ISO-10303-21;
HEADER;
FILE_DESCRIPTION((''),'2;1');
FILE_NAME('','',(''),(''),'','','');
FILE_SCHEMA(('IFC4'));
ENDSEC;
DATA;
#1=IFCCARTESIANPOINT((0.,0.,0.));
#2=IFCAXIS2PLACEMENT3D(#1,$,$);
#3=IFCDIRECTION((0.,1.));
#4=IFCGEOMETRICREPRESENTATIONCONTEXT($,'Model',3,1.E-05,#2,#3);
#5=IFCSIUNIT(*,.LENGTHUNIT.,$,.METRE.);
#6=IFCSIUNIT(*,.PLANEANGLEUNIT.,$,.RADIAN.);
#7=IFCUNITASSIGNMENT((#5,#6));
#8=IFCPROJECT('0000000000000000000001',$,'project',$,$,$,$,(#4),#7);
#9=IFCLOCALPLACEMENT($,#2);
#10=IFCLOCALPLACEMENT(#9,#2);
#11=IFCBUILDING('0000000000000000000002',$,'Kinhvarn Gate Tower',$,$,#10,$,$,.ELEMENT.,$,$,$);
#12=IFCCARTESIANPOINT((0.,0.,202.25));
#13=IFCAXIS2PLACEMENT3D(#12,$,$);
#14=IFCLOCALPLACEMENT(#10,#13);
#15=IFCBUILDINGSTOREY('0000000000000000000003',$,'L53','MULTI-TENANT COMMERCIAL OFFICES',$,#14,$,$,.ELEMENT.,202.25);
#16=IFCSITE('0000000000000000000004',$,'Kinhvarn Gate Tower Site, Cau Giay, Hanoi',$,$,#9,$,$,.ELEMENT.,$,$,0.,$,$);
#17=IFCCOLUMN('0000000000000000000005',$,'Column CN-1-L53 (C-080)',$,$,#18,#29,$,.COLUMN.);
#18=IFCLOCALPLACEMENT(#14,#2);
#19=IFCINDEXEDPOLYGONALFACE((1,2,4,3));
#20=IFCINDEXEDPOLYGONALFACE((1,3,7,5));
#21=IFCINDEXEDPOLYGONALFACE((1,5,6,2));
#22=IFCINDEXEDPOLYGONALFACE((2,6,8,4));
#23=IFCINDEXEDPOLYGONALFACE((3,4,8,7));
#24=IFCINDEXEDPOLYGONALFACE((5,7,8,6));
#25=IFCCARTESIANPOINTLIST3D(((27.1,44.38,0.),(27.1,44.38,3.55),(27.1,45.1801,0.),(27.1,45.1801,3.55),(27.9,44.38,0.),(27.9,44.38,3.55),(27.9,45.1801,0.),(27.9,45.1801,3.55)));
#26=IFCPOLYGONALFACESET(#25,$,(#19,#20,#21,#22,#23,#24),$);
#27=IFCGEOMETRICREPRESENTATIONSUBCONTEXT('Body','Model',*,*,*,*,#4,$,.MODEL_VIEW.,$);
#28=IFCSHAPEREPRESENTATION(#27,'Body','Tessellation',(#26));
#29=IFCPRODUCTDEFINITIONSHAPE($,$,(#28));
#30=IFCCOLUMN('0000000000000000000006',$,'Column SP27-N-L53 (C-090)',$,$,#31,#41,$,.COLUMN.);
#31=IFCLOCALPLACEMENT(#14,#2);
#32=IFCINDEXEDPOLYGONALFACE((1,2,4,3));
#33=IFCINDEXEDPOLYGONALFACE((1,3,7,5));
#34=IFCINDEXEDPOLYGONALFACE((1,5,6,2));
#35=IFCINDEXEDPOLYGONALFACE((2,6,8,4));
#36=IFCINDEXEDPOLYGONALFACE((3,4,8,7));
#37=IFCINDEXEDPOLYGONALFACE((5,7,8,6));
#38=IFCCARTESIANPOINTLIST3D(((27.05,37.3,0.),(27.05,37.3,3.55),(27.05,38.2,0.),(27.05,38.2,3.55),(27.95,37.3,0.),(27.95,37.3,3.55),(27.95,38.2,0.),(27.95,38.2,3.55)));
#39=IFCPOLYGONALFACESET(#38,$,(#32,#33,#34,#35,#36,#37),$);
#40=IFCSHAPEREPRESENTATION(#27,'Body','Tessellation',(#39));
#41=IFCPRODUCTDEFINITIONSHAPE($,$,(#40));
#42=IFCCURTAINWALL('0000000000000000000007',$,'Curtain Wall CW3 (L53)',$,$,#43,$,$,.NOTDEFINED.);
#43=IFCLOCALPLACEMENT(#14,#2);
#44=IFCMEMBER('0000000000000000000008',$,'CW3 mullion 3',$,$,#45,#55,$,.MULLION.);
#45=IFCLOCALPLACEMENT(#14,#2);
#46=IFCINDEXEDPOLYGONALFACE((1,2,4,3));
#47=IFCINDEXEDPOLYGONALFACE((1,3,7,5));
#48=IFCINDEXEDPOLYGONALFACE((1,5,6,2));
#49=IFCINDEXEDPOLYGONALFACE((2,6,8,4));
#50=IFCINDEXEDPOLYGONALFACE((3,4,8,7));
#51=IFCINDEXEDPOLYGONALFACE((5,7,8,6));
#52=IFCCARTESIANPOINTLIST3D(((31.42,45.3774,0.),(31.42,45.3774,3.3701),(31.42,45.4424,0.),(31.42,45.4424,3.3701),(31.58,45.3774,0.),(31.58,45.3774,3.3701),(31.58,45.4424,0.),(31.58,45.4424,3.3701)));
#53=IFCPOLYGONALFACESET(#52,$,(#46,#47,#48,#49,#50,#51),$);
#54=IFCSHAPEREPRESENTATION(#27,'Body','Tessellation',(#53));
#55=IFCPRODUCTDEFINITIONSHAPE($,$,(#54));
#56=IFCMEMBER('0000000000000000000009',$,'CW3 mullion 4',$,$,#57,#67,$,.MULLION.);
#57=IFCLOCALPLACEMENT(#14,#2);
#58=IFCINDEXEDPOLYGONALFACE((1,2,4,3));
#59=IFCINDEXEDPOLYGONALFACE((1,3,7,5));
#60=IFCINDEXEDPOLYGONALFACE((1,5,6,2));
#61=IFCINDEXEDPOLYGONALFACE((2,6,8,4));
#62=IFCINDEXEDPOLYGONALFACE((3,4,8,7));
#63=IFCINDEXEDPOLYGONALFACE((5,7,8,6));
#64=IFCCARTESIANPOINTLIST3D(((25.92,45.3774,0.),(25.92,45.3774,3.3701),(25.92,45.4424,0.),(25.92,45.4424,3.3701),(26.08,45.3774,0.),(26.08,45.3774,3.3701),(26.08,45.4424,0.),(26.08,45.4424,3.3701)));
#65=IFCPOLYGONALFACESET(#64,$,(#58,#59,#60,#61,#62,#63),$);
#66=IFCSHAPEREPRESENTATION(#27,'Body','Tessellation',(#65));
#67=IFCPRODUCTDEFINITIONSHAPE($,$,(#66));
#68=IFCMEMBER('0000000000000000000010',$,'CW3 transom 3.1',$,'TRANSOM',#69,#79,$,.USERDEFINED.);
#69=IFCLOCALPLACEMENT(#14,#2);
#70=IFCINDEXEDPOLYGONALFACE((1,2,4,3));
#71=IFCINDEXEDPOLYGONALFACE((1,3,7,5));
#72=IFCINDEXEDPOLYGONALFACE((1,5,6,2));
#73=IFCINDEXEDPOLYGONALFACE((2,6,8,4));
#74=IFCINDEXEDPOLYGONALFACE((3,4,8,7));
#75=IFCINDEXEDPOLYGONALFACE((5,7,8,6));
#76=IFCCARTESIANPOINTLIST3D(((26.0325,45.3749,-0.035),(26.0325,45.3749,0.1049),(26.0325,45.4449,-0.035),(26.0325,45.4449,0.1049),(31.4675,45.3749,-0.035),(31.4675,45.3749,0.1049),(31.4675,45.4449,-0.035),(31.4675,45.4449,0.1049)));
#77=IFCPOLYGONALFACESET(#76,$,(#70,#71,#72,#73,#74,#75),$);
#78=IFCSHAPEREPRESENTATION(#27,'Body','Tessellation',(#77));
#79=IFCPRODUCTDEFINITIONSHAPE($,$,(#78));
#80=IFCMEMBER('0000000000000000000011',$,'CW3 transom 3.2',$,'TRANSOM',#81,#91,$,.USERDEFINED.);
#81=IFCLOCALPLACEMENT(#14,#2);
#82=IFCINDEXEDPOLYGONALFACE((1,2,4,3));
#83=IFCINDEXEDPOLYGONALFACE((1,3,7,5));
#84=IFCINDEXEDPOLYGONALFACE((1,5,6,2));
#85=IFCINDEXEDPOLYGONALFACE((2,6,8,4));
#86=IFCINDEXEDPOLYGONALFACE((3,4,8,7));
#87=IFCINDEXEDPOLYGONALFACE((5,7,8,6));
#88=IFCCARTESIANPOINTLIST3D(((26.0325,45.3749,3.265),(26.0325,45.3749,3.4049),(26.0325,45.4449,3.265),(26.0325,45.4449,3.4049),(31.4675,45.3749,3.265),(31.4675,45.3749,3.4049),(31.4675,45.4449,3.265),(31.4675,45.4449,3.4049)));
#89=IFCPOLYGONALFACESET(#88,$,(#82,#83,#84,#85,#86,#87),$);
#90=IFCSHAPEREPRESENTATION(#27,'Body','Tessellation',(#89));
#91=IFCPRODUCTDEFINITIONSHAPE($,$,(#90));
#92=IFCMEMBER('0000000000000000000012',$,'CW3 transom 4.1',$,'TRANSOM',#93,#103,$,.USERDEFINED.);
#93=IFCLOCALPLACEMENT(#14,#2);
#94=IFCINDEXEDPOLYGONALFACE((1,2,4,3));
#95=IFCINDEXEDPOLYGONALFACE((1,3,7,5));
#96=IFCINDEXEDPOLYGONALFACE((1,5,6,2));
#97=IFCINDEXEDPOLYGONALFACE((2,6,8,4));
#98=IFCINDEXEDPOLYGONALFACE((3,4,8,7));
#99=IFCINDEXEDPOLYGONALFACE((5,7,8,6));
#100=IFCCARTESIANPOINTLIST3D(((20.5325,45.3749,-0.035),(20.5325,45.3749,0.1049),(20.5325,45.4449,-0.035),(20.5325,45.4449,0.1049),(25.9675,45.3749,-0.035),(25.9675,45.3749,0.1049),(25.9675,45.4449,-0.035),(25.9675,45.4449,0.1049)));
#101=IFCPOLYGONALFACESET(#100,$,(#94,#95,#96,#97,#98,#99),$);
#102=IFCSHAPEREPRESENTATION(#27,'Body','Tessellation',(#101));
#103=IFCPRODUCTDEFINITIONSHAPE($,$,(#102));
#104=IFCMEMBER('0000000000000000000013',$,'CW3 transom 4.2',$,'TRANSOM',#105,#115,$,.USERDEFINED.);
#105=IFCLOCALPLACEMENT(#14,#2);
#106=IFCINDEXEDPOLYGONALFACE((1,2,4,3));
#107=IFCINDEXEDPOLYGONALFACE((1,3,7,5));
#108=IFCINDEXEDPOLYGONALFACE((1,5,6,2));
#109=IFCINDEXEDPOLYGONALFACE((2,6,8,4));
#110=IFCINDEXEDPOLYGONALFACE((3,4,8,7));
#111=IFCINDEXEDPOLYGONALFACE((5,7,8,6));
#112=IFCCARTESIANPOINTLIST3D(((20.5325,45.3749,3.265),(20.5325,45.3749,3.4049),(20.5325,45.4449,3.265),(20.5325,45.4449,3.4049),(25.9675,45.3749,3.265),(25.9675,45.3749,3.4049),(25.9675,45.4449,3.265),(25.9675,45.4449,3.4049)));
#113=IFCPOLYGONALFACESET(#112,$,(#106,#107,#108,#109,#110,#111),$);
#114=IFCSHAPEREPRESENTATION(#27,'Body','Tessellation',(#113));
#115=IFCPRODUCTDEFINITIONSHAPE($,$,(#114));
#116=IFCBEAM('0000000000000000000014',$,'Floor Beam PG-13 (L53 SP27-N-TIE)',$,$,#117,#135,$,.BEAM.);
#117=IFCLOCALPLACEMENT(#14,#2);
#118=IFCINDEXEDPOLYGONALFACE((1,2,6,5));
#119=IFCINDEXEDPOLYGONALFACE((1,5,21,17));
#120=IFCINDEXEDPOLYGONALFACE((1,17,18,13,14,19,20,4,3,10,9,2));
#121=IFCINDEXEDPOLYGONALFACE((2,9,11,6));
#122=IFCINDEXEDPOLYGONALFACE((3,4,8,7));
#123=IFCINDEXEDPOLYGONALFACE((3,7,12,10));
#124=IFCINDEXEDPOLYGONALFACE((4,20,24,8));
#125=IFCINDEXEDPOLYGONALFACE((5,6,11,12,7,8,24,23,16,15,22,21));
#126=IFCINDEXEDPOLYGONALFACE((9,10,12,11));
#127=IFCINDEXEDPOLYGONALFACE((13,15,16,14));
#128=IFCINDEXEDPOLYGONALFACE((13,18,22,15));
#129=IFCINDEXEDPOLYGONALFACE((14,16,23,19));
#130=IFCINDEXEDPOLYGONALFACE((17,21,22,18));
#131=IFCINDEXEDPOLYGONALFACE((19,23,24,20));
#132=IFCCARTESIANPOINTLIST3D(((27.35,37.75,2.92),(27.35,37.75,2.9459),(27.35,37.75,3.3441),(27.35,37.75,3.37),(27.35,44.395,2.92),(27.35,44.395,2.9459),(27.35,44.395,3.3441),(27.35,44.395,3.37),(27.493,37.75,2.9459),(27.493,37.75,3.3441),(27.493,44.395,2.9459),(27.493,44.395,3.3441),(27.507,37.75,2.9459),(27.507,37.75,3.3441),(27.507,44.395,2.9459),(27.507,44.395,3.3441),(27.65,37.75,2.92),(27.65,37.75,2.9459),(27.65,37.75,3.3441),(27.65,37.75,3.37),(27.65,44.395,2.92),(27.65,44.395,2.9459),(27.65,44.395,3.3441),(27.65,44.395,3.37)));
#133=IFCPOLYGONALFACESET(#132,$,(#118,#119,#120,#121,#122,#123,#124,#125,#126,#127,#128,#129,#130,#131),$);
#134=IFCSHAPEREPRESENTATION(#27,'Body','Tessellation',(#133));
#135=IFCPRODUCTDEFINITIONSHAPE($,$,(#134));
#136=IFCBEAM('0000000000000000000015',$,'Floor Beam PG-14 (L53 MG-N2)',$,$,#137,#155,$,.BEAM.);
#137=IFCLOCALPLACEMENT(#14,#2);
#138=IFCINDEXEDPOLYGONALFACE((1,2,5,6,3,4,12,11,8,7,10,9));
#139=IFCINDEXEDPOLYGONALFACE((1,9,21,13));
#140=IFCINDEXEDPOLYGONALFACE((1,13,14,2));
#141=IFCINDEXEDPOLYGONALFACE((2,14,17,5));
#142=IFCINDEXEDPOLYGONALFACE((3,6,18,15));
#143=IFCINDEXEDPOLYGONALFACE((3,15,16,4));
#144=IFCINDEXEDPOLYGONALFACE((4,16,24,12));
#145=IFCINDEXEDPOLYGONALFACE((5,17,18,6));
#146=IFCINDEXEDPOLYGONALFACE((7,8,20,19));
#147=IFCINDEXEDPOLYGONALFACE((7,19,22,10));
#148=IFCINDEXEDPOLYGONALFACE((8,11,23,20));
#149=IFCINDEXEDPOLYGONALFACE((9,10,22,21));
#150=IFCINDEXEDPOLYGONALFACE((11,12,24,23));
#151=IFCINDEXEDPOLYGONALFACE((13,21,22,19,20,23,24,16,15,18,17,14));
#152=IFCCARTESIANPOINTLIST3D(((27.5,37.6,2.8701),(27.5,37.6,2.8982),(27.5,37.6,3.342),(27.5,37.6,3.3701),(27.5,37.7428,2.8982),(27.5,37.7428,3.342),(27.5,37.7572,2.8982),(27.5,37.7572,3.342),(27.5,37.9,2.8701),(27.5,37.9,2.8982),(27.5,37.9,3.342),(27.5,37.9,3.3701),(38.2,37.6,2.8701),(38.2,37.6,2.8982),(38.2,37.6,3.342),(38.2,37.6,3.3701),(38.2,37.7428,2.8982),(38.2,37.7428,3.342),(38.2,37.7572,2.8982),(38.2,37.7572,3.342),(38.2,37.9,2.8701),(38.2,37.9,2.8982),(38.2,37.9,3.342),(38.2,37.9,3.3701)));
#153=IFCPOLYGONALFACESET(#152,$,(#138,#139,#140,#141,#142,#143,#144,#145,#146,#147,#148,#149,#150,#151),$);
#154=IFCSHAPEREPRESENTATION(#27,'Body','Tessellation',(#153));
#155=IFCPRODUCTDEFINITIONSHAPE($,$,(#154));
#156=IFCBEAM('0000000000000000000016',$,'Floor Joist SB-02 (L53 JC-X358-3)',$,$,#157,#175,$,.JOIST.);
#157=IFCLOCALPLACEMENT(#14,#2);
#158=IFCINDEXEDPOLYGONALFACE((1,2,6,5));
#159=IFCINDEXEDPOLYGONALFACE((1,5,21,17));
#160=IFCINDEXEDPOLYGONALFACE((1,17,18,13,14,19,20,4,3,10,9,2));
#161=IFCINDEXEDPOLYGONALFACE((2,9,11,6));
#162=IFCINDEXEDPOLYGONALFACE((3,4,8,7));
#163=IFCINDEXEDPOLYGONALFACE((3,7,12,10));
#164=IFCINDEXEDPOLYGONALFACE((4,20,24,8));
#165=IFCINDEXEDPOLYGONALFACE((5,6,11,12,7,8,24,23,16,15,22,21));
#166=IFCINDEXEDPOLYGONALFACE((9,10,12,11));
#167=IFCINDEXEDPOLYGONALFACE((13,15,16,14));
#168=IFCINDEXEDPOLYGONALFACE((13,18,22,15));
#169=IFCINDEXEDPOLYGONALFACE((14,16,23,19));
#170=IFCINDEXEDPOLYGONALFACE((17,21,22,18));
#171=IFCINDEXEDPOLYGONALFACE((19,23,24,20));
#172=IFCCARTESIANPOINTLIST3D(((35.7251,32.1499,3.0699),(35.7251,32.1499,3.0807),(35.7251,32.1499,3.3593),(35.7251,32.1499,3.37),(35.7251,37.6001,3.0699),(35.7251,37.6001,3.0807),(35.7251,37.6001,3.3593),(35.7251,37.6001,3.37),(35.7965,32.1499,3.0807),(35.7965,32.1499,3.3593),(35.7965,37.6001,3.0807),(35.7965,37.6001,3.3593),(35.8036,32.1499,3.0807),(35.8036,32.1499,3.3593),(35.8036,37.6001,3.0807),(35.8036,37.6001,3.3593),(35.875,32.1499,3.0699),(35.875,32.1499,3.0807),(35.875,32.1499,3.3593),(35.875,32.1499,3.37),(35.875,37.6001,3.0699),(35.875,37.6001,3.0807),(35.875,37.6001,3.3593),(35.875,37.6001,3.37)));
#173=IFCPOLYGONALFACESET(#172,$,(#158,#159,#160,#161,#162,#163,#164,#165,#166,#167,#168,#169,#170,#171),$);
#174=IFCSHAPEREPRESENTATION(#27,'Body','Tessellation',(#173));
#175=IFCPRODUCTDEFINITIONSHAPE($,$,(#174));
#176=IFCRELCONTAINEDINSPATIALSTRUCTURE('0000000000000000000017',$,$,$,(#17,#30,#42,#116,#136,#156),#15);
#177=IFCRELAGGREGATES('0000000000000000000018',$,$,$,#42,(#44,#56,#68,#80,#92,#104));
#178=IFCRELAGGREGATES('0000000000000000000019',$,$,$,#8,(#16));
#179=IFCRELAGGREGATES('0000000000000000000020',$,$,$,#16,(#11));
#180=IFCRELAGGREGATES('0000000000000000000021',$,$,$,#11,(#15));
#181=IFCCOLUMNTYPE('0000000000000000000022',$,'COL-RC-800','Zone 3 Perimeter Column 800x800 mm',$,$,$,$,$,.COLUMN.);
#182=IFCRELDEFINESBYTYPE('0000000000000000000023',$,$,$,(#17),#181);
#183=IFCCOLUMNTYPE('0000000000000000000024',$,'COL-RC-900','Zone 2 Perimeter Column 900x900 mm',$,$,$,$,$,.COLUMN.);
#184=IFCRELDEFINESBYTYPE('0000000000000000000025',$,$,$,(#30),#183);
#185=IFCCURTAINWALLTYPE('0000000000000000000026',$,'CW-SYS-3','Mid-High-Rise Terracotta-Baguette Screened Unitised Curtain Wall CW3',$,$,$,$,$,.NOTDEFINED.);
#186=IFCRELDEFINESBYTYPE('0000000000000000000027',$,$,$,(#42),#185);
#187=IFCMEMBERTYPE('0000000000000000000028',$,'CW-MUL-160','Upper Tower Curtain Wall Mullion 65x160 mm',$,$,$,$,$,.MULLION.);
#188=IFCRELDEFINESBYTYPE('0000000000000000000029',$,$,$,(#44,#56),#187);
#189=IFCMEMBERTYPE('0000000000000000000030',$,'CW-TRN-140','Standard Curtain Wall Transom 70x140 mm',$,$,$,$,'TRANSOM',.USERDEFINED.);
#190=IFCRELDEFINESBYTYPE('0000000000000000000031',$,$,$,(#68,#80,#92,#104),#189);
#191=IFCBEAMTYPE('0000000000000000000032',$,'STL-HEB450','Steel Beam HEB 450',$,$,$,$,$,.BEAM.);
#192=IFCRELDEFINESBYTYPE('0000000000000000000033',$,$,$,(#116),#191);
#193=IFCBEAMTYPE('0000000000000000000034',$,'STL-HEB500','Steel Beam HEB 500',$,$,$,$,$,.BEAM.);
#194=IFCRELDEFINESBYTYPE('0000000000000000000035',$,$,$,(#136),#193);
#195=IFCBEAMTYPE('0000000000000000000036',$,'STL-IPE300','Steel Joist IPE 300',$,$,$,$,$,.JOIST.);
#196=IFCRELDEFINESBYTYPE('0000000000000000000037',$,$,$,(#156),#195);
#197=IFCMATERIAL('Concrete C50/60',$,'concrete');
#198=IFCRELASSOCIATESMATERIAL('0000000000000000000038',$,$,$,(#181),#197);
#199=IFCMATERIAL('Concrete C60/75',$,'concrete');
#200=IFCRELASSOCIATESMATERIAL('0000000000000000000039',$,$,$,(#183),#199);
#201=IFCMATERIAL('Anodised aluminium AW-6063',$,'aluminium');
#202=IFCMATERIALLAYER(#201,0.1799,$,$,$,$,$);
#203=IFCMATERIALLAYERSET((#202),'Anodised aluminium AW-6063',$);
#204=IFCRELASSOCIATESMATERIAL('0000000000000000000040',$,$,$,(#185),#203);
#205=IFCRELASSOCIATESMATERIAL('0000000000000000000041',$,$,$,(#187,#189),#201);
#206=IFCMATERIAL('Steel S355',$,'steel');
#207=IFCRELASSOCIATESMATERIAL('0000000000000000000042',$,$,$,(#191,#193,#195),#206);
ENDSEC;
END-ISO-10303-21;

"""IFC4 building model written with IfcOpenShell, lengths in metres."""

from ifc_helpers import new_model, si_unit, direction, frame, origin, origin_2d, place, context, subcontext, project, spatial, rectangle, i_section, extrude, material, layer, layer_set, material_profile, profile_set, type_object, element, aggregate, save


model = new_model("IFC4")

# Units and contexts
model_context = context("Model", 3, precision=1e-05, world=origin(), true_north=direction((0.0, 1.0)))
body_context = subcontext(model_context, "Body", "Model", "MODEL_VIEW")
ifc_project = project(units=[si_unit("LENGTHUNIT", "METRE"), si_unit("PLANEANGLEUNIT", "RADIAN")], contexts=[model_context])

# Site, building, storey
site_placement = place(None, origin())
site = spatial("IfcSite", under=ifc_project, at=site_placement, Name="Kinhvarn Gate Tower Site, Cau Giay, Hanoi", CompositionType="ELEMENT", RefElevation=0.0)
building_placement = place(site_placement, origin())
building = spatial("IfcBuilding", under=site, at=building_placement, Name="Kinhvarn Gate Tower", CompositionType="ELEMENT")
storey_placement = place(building_placement, frame((0.0, 0.0, 202.25)))
storey = spatial("IfcBuildingStorey", under=building, at=storey_placement, Name="L53", Description="MULTI-TENANT COMMERCIAL OFFICES", CompositionType="ELEMENT", Elevation=202.25)

# Columns
ifc_material_1 = material(Name="Concrete C50/60", Category="concrete")
ifc_material_profile_1 = material_profile(ifc_material_1, rectangle(XDim=0.8, YDim=0.8, at=origin_2d()), Name="RC 800x800")
ifc_profile_set_1 = profile_set([ifc_material_profile_1], Name="Concrete C50/60")
column_type_1 = type_object("IfcColumnType", Name="COL-RC-800", Description="Zone 3 Perimeter Column 800x800 mm", PredefinedType="COLUMN", material=ifc_profile_set_1)
column_1_placement = place(storey_placement, frame((27.5, 44.78, 0.0), z_axis=(0.0, 0.0, 1.0), x_axis=(1.0, 0.0, 0.0)))
element("IfcColumn", 1, at=column_1_placement, inside=storey, type_object=column_type_1, Name="Column CN-1-L53 (C-080)", PredefinedType="COLUMN", context=body_context, shape_type="SweptSolid", body=[
    extrude(rectangle(XDim=0.8, YDim=0.8, at=origin_2d()), origin(), (0.0, 0.0, 1.0), 3.55),
])
ifc_material_2 = material(Name="Concrete C60/75", Category="concrete")
ifc_material_profile_2 = material_profile(ifc_material_2, rectangle(XDim=0.8999, YDim=0.8999, at=origin_2d()), Name="RC 900x900")
ifc_profile_set_2 = profile_set([ifc_material_profile_2], Name="Concrete C60/75")
column_type_2 = type_object("IfcColumnType", Name="COL-RC-900", Description="Zone 2 Perimeter Column 900x900 mm", PredefinedType="COLUMN", material=ifc_profile_set_2)
column_2_placement = place(storey_placement, frame((27.5, 37.75, 0.0), z_axis=(0.0, 0.0, 1.0), x_axis=(1.0, 0.0, 0.0)))
element("IfcColumn", 2, at=column_2_placement, inside=storey, type_object=column_type_2, Name="Column SP27-N-L53 (C-090)", PredefinedType="COLUMN", context=body_context, shape_type="SweptSolid", body=[
    extrude(rectangle(XDim=0.8999, YDim=0.8999, at=origin_2d()), origin(), (0.0, 0.0, 1.0), 3.55),
])

# Curtain wall, members
ifc_material_3 = material(Name="Anodised aluminium AW-6063", Category="aluminium")
ifc_layer_1 = layer(ifc_material_3, 0.1799)
ifc_layer_set_1 = layer_set([ifc_layer_1], Name="Anodised aluminium AW-6063")
curtain_wall_type = type_object("IfcCurtainWallType", Name="CW-SYS-3", Description="Mid-High-Rise Terracotta-Baguette Screened Unitised Curtain Wall CW3", PredefinedType="NOTDEFINED", material=ifc_layer_set_1)
curtain_wall_placement = place(storey_placement, origin())
curtain_wall = element("IfcCurtainWall", 3, at=curtain_wall_placement, inside=storey, type_object=curtain_wall_type, Name="Curtain Wall CW3 (L53)", PredefinedType="NOTDEFINED")
ifc_material_profile_3 = material_profile(ifc_material_3, rectangle(XDim=0.0649, YDim=0.1599, at=origin_2d()), Name="ALU 65x160")
ifc_profile_set_3 = profile_set([ifc_material_profile_3], Name="Anodised aluminium AW-6063")
member_type_1 = type_object("IfcMemberType", Name="CW-MUL-160", Description="Upper Tower Curtain Wall Mullion 65x160 mm", PredefinedType="MULLION", material=ifc_profile_set_3)
member_1_placement = place(storey_placement, frame((31.5, 45.4099, 0.0), z_axis=(0.0, 0.0, 1.0), x_axis=(0.0, -1.0, 0.0)))
member_1 = element("IfcMember", 4, at=member_1_placement, type_object=member_type_1, Name="CW3 mullion 3", PredefinedType="MULLION", context=body_context, shape_type="SweptSolid", body=[
    extrude(rectangle(XDim=0.0649, YDim=0.1599, at=origin_2d()), origin(), (0.0, 0.0, 1.0), 3.3701),
])
member_2_placement = place(storey_placement, frame((26.0, 45.4099, 0.0), z_axis=(0.0, 0.0, 1.0), x_axis=(0.0, -1.0, 0.0)))
member_2 = element("IfcMember", 5, at=member_2_placement, type_object=member_type_1, Name="CW3 mullion 4", PredefinedType="MULLION", context=body_context, shape_type="SweptSolid", body=[
    extrude(rectangle(XDim=0.0649, YDim=0.1599, at=origin_2d()), origin(), (0.0, 0.0, 1.0), 3.3701),
])
ifc_material_profile_4 = material_profile(ifc_material_3, rectangle(XDim=0.0701, YDim=0.1399, at=origin_2d()), Name="ALU 70x140")
ifc_profile_set_4 = profile_set([ifc_material_profile_4], Name="Anodised aluminium AW-6063")
member_type_2 = type_object("IfcMemberType", Name="CW-TRN-140", Description="Standard Curtain Wall Transom 70x140 mm", ElementType="TRANSOM", PredefinedType="USERDEFINED", material=ifc_profile_set_4)
member_3_placement = place(storey_placement, frame((31.4675, 45.4099, 0.0349), z_axis=(-1.0, 0.0, 0.0), x_axis=(0.0, -1.0, 0.0)))
member_3 = element("IfcMember", 6, at=member_3_placement, type_object=member_type_2, Name="CW3 transom 3.1", ObjectType="TRANSOM", PredefinedType="USERDEFINED", context=body_context, shape_type="SweptSolid", body=[
    extrude(rectangle(XDim=0.0701, YDim=0.1399, at=origin_2d()), origin(), (0.0, 0.0, 1.0), 5.4351),
])
member_4_placement = place(storey_placement, frame((31.4675, 45.4099, 3.335), z_axis=(-1.0, 0.0, 0.0), x_axis=(0.0, -1.0, 0.0)))
member_4 = element("IfcMember", 7, at=member_4_placement, type_object=member_type_2, Name="CW3 transom 3.2", ObjectType="TRANSOM", PredefinedType="USERDEFINED", context=body_context, shape_type="SweptSolid", body=[
    extrude(rectangle(XDim=0.0701, YDim=0.1399, at=origin_2d()), origin(), (0.0, 0.0, 1.0), 5.4351),
])
member_5_placement = place(storey_placement, frame((25.9675, 45.4099, 0.0349), z_axis=(-1.0, 0.0, 0.0), x_axis=(0.0, -1.0, 0.0)))
member_5 = element("IfcMember", 8, at=member_5_placement, type_object=member_type_2, Name="CW3 transom 4.1", ObjectType="TRANSOM", PredefinedType="USERDEFINED", context=body_context, shape_type="SweptSolid", body=[
    extrude(rectangle(XDim=0.0701, YDim=0.1399, at=origin_2d()), origin(), (0.0, 0.0, 1.0), 5.4351),
])
member_6_placement = place(storey_placement, frame((25.9675, 45.4099, 3.335), z_axis=(-1.0, 0.0, 0.0), x_axis=(0.0, -1.0, 0.0)))
member_6 = element("IfcMember", 9, at=member_6_placement, type_object=member_type_2, Name="CW3 transom 4.2", ObjectType="TRANSOM", PredefinedType="USERDEFINED", context=body_context, shape_type="SweptSolid", body=[
    extrude(rectangle(XDim=0.0701, YDim=0.1399, at=origin_2d()), origin(), (0.0, 0.0, 1.0), 5.4351),
])

# Beams
ifc_material_4 = material(Name="Steel S355", Category="steel")
ifc_material_profile_5 = material_profile(ifc_material_4, i_section(OverallWidth=0.3, OverallDepth=0.45, WebThickness=0.0139, FlangeThickness=0.0259, at=origin_2d()), Name="HEB 450")
ifc_profile_set_5 = profile_set([ifc_material_profile_5], Name="Steel S355")
beam_type_1 = type_object("IfcBeamType", Name="STL-HEB450", Description="Steel Beam HEB 450", PredefinedType="BEAM", material=ifc_profile_set_5)
beam_1_placement = place(storey_placement, frame((27.5, 37.75, 3.145), z_axis=(0.0, 1.0, 0.0), x_axis=(-1.0, 0.0, 0.0)))
element("IfcBeam", 10, at=beam_1_placement, inside=storey, type_object=beam_type_1, Name="Floor Beam PG-13 (L53 SP27-N-TIE)", PredefinedType="BEAM", context=body_context, shape_type="SweptSolid", body=[
    extrude(i_section(OverallWidth=0.3, OverallDepth=0.45, WebThickness=0.0139, FlangeThickness=0.0259, at=origin_2d()), origin(), (0.0, 0.0, 1.0), 6.645),
])
ifc_material_profile_6 = material_profile(ifc_material_4, i_section(OverallWidth=0.3, OverallDepth=0.5, WebThickness=0.0144, FlangeThickness=0.0281, at=origin_2d()), Name="HEB 500")
ifc_profile_set_6 = profile_set([ifc_material_profile_6], Name="Steel S355")
beam_type_2 = type_object("IfcBeamType", Name="STL-HEB500", Description="Steel Beam HEB 500", PredefinedType="BEAM", material=ifc_profile_set_6)
beam_2_placement = place(storey_placement, frame((27.5, 37.75, 3.1201), z_axis=(1.0, 0.0, 0.0), x_axis=(0.0, 1.0, 0.0)))
element("IfcBeam", 11, at=beam_2_placement, inside=storey, type_object=beam_type_2, Name="Floor Beam PG-14 (L53 MG-N2)", PredefinedType="BEAM", context=body_context, shape_type="SweptSolid", body=[
    extrude(i_section(OverallWidth=0.3, OverallDepth=0.5, WebThickness=0.0144, FlangeThickness=0.0281, at=origin_2d()), origin(), (0.0, 0.0, 1.0), 10.7),
])
ifc_material_profile_7 = material_profile(ifc_material_4, i_section(OverallWidth=0.1499, OverallDepth=0.3, WebThickness=0.0071, FlangeThickness=0.0107, at=origin_2d()), Name="IPE 300")
ifc_profile_set_7 = profile_set([ifc_material_profile_7], Name="Steel S355")
beam_type_3 = type_object("IfcBeamType", Name="STL-IPE300", Description="Steel Joist IPE 300", PredefinedType="JOIST", material=ifc_profile_set_7)
beam_3_placement = place(storey_placement, frame((35.8, 32.1499, 3.22), z_axis=(0.0, 1.0, 0.0), x_axis=(-1.0, 0.0, 0.0)))
element("IfcBeam", 12, at=beam_3_placement, inside=storey, type_object=beam_type_3, Name="Floor Joist SB-02 (L53 JC-X358-3)", PredefinedType="JOIST", context=body_context, shape_type="SweptSolid", body=[
    extrude(i_section(OverallWidth=0.1499, OverallDepth=0.3, WebThickness=0.0071, FlangeThickness=0.0107, at=origin_2d()), origin(), (0.0, 0.0, 1.0), 5.4502),
])

aggregate(curtain_wall, [member_1, member_2, member_3, member_4, member_5, member_6])

save(model, "model.ifc")
